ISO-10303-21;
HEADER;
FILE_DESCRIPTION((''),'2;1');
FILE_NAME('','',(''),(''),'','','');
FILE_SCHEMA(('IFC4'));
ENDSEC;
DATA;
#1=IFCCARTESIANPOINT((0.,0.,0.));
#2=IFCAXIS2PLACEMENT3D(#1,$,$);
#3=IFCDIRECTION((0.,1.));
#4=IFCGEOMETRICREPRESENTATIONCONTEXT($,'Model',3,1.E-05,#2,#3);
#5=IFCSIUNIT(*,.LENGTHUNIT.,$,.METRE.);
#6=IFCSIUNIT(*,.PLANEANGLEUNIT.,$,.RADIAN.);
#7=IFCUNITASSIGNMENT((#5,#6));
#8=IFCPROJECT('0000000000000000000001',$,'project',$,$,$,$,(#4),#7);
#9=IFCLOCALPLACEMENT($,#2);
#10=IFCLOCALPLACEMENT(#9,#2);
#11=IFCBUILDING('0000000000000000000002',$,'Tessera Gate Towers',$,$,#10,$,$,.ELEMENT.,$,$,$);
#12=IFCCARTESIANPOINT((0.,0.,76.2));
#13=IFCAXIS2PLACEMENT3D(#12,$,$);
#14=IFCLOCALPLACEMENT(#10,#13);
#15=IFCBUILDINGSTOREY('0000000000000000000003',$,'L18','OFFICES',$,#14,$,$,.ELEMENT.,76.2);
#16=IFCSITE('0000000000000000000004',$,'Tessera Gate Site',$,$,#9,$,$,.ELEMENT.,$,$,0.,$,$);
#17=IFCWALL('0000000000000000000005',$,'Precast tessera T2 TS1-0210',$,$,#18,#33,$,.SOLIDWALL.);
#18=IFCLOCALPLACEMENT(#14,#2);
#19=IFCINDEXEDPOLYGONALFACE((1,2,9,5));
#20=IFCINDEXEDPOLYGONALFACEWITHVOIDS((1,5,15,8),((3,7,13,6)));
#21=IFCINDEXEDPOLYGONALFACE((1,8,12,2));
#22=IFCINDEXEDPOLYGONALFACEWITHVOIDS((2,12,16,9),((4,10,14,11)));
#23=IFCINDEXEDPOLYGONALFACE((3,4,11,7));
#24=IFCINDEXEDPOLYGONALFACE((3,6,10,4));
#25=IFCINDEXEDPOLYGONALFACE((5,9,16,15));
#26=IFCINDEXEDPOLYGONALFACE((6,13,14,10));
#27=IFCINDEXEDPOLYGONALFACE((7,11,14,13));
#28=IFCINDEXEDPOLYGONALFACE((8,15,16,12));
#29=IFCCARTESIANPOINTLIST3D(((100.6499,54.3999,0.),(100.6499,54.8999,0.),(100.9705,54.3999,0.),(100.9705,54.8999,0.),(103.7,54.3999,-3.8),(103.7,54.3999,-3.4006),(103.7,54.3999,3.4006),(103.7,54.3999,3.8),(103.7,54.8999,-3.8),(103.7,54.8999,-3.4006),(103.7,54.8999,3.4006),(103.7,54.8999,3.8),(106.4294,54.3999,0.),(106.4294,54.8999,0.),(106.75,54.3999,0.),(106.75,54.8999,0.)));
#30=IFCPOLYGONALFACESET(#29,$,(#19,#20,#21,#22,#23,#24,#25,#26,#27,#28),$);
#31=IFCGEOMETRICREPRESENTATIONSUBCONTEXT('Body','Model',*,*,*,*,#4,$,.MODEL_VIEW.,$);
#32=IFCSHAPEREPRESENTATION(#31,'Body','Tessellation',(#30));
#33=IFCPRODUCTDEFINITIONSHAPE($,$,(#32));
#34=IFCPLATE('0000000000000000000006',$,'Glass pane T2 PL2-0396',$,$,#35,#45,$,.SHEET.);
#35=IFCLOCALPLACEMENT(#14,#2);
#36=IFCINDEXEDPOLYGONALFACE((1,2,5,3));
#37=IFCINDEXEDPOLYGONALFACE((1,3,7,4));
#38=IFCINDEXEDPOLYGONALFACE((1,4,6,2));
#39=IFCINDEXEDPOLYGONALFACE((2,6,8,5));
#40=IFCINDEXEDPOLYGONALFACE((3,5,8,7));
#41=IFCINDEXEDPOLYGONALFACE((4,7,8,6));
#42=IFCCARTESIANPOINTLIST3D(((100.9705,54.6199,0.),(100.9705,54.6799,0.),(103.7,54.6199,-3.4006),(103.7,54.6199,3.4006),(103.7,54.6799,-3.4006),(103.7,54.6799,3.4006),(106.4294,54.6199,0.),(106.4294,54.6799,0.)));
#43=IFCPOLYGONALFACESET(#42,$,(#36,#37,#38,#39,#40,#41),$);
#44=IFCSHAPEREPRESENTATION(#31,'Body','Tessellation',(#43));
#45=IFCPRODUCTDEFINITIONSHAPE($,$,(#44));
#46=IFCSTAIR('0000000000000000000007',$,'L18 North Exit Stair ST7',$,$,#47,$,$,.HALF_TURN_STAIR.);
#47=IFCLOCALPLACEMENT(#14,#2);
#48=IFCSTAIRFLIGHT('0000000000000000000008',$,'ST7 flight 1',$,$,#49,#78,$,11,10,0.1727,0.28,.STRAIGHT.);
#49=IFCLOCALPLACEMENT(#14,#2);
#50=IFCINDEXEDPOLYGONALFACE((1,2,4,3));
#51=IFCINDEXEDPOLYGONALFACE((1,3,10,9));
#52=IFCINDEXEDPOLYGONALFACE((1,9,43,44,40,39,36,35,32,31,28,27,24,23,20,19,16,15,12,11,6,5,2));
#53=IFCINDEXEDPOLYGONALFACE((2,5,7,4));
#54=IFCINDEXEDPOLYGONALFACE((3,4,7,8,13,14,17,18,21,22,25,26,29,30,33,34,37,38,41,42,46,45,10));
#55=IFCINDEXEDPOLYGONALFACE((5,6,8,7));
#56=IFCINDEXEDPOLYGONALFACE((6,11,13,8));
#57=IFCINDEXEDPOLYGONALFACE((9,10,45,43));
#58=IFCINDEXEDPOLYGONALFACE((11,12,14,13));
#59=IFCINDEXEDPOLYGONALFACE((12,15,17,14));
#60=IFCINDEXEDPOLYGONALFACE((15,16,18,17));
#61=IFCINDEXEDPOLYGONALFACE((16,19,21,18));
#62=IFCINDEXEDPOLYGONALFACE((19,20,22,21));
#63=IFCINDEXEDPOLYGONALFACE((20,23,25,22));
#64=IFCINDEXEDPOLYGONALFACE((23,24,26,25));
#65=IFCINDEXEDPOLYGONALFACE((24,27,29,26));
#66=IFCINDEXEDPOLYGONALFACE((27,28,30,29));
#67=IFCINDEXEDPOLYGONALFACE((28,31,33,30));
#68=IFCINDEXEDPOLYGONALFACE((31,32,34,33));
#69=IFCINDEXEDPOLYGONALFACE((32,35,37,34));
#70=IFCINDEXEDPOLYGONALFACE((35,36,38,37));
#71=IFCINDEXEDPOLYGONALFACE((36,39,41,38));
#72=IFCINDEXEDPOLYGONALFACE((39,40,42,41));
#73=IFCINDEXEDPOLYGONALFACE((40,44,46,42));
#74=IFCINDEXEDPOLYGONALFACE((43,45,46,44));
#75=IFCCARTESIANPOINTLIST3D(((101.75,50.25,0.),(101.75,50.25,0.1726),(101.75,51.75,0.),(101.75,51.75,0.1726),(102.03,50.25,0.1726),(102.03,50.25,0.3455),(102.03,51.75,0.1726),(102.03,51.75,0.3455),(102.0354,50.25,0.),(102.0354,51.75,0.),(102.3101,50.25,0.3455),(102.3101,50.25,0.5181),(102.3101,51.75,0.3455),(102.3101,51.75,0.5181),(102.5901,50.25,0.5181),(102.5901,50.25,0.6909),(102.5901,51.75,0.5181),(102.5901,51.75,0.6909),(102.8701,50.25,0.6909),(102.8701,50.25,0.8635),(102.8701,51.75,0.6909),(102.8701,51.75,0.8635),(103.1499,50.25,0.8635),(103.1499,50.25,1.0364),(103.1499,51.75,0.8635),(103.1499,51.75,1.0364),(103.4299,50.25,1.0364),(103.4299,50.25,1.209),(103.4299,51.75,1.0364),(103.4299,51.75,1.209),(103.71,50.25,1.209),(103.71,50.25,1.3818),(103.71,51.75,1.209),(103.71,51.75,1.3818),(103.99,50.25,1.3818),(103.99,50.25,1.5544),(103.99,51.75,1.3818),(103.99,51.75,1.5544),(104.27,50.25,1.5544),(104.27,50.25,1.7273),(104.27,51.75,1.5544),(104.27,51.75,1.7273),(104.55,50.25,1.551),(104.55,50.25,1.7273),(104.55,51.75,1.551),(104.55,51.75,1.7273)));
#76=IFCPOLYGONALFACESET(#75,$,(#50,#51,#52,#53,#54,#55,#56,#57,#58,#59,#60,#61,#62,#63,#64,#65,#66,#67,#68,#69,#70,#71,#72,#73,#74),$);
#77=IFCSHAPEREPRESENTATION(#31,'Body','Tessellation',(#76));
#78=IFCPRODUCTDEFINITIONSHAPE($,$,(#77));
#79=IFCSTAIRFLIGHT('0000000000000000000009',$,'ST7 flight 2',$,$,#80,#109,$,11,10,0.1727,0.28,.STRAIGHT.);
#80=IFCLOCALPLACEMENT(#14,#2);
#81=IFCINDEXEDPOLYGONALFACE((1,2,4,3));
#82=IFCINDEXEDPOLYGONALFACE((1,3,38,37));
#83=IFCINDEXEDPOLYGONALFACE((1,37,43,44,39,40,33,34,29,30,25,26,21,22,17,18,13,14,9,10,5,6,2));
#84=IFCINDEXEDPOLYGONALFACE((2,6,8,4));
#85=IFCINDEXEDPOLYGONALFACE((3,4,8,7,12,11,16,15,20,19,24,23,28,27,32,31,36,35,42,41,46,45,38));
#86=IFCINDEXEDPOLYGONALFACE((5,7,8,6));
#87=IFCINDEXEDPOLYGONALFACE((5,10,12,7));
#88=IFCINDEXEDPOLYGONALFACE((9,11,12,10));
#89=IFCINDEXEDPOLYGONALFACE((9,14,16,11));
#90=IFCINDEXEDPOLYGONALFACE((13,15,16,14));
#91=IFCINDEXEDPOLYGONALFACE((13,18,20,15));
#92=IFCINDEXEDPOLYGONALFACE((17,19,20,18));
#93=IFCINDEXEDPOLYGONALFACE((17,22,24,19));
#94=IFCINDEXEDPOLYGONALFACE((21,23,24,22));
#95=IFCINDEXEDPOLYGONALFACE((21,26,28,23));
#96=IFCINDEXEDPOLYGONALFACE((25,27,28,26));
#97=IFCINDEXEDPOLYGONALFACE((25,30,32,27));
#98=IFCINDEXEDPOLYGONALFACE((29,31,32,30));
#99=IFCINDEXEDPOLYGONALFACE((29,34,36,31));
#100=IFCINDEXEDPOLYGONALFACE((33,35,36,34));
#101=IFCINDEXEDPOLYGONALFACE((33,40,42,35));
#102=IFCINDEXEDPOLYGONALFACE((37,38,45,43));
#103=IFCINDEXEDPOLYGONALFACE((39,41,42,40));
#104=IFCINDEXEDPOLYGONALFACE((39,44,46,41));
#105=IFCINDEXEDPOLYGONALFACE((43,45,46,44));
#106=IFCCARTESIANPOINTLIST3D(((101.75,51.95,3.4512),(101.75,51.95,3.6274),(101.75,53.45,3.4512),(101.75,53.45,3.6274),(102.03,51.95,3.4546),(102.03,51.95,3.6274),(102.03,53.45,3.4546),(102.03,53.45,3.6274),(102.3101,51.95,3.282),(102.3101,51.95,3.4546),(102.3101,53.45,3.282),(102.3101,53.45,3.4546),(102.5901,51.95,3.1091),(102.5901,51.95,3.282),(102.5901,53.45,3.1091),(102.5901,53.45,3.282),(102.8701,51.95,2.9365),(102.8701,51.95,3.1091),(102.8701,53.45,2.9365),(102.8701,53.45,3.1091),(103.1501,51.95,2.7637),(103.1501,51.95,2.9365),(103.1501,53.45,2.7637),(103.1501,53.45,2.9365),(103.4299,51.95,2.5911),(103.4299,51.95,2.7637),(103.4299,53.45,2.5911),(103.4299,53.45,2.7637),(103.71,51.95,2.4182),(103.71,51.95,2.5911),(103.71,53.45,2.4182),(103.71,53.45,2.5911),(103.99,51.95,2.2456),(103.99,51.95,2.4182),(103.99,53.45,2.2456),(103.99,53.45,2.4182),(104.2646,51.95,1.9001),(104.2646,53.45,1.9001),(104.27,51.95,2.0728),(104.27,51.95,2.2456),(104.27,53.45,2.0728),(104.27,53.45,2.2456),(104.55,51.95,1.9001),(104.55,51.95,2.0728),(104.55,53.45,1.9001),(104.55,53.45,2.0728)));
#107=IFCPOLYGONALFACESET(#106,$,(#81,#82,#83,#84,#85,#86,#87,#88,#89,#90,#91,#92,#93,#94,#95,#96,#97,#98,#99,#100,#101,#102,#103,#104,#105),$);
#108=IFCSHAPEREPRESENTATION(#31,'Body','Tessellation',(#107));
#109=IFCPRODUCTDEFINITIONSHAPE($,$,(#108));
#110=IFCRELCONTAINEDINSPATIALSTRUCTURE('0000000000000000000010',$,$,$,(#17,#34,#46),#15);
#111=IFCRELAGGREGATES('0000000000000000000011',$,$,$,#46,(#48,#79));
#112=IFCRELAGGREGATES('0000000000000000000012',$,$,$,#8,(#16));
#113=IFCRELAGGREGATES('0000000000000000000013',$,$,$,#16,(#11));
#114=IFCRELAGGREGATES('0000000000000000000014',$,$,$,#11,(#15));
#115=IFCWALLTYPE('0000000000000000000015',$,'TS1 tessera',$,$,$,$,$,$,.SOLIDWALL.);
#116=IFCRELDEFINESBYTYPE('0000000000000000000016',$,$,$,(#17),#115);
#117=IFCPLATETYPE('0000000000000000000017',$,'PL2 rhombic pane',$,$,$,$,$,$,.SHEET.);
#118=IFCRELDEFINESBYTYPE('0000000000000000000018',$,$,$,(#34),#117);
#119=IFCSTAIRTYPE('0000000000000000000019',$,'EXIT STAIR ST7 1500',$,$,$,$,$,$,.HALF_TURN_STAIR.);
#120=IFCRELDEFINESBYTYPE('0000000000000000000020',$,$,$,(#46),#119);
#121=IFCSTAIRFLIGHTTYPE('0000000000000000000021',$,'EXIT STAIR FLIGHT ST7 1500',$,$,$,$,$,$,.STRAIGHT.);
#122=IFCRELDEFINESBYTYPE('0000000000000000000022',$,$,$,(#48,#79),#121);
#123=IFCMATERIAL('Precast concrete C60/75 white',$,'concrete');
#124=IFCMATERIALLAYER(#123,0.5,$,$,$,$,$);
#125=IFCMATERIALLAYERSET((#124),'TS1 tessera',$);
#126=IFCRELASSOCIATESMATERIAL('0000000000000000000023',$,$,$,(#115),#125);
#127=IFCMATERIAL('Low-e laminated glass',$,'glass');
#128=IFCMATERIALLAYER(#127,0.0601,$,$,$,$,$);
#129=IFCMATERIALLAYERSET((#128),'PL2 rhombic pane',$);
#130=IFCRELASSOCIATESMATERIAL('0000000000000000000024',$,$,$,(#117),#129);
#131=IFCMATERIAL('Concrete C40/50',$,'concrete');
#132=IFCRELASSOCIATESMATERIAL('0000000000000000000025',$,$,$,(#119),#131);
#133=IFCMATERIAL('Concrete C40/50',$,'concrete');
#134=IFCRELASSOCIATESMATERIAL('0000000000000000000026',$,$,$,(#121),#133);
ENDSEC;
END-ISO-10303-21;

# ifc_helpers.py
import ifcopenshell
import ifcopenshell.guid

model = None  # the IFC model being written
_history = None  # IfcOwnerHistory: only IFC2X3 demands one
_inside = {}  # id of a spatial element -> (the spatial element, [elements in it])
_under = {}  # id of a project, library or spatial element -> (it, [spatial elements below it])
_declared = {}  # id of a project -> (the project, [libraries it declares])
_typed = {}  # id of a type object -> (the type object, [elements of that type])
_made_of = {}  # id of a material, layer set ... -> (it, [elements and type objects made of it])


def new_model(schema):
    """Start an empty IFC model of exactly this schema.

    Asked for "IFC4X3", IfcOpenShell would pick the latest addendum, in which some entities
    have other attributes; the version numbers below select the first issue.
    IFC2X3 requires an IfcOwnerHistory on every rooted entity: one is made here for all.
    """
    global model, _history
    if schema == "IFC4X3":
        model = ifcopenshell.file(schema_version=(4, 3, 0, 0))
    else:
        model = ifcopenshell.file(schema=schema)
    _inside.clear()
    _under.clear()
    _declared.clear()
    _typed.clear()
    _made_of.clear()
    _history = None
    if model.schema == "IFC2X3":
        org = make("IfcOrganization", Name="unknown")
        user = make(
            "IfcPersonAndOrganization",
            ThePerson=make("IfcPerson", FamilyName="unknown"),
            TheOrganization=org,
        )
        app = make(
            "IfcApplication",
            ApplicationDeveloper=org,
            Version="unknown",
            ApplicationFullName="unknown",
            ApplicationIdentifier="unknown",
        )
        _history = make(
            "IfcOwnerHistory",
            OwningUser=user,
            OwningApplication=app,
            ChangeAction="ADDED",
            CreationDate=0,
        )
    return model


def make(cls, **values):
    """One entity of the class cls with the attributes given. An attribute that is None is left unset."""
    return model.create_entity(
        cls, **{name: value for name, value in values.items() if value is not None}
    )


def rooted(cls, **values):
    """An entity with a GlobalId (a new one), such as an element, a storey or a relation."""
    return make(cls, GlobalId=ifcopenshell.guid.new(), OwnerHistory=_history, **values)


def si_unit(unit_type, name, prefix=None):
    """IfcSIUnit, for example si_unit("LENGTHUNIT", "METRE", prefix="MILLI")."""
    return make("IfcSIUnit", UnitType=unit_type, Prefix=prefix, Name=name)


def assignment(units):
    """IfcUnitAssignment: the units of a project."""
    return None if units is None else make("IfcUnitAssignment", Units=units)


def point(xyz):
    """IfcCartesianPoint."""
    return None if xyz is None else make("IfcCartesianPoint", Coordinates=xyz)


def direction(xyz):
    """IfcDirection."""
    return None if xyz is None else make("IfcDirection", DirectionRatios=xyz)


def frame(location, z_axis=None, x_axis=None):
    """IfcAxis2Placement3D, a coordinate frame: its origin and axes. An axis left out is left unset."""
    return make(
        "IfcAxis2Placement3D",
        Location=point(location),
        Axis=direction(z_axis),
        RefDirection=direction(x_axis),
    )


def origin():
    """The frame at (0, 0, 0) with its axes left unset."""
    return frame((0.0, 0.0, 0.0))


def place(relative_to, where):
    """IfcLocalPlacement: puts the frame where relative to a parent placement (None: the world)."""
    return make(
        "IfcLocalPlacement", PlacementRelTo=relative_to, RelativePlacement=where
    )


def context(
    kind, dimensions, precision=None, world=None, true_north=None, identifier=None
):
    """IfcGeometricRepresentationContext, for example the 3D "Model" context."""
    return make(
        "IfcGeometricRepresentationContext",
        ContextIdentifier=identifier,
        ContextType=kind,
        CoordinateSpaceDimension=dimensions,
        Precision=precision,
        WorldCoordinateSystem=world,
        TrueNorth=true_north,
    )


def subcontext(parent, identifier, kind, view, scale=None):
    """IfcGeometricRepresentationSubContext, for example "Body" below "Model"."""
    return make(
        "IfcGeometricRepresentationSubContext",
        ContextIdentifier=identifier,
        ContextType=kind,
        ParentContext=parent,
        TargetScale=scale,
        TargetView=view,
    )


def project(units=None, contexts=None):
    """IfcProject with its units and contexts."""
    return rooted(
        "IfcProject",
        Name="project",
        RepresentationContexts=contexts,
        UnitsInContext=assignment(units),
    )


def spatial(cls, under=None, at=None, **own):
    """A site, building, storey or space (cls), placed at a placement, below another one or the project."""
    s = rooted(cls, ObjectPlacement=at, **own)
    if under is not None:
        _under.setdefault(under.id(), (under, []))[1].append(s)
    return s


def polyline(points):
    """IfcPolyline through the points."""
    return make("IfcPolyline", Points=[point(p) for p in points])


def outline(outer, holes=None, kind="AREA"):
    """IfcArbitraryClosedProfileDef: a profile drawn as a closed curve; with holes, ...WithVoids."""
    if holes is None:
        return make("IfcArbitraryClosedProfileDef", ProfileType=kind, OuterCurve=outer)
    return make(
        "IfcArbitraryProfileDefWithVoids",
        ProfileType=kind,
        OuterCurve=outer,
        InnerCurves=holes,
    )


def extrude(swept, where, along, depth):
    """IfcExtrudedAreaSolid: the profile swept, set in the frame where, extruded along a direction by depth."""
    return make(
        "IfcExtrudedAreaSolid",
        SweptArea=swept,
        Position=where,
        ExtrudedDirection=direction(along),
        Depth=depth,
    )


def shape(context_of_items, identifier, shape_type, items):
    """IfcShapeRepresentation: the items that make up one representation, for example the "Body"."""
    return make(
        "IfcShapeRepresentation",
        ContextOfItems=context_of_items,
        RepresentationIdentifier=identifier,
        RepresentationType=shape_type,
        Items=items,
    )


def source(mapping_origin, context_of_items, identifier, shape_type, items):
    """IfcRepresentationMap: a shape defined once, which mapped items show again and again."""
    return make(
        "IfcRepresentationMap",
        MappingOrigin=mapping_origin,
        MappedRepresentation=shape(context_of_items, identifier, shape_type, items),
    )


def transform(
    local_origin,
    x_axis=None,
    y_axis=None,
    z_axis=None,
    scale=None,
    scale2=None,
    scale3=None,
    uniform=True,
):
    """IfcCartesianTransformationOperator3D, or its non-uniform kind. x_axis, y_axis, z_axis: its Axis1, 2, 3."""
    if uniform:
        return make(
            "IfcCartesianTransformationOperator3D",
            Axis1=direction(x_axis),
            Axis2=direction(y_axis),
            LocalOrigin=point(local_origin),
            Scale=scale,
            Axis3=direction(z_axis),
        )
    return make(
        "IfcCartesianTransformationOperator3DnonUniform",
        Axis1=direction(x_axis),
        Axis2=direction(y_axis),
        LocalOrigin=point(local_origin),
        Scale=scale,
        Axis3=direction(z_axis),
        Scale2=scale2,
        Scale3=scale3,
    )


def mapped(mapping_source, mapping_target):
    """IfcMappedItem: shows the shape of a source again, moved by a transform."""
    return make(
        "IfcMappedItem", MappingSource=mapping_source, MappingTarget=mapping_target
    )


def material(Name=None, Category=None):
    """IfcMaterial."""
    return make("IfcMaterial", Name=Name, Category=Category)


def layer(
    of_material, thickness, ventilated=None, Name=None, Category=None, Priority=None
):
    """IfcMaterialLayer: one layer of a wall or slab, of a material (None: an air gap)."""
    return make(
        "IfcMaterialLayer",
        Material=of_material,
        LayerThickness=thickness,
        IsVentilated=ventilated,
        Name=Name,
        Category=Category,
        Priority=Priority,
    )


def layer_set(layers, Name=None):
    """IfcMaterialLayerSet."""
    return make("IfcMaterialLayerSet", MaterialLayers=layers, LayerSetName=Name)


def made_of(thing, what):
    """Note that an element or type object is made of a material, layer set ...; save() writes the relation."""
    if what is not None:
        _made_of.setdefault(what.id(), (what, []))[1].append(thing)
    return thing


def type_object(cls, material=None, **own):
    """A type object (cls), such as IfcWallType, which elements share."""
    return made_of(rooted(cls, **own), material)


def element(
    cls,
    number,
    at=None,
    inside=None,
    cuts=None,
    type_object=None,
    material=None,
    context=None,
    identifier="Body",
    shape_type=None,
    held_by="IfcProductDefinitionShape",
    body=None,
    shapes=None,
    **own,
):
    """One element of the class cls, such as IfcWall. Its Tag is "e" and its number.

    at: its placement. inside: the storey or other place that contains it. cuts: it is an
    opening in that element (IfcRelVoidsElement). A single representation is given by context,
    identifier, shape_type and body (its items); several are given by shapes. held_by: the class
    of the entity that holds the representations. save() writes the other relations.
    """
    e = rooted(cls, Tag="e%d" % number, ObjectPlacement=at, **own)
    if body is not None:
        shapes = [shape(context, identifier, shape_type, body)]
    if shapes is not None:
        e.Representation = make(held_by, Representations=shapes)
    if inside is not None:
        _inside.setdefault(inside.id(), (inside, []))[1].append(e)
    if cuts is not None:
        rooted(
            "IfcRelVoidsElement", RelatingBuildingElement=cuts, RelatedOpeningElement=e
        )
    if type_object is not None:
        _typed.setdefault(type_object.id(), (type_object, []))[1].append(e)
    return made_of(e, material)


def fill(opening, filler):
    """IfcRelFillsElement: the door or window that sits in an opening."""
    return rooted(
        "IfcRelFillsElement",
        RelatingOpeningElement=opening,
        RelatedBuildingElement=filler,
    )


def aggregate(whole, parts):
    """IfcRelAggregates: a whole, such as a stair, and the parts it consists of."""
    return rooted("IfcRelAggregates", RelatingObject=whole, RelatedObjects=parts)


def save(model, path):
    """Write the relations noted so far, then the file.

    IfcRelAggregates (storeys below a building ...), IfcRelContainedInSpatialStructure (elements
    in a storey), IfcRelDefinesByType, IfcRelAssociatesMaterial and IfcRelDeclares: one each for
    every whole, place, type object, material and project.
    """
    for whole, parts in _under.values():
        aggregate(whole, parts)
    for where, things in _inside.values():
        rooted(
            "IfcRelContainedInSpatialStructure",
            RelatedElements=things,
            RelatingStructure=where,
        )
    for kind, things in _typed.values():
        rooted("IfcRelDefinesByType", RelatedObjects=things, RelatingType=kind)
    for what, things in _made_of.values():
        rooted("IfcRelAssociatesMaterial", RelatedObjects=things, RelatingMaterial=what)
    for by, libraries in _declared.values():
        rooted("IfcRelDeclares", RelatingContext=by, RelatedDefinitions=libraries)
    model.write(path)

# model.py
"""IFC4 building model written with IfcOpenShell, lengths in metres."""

from ifc_helpers import new_model, si_unit, direction, frame, origin, place, context, subcontext, project, spatial, polyline, outline, extrude, source, transform, mapped, material, layer, layer_set, type_object, element, fill, aggregate, save


model = new_model("IFC4")

# Units and contexts
model_context = context("Model", 3, precision=1e-05, world=origin(), true_north=direction((0.0, 1.0)))
body_context = subcontext(model_context, "Body", "Model", "MODEL_VIEW")
ifc_project = project(units=[si_unit("LENGTHUNIT", "METRE"), si_unit("PLANEANGLEUNIT", "RADIAN")], contexts=[model_context])

# Site, building, storey
site_placement = place(None, origin())
site = spatial("IfcSite", under=ifc_project, at=site_placement, Name="Tessera Gate Site", CompositionType="ELEMENT", RefElevation=0.0)
building_placement = place(site_placement, origin())
building = spatial("IfcBuilding", under=site, at=building_placement, Name="Tessera Gate Towers", CompositionType="ELEMENT")
storey_placement = place(building_placement, frame((0.0, 0.0, 76.2)))
storey = spatial("IfcBuildingStorey", under=building, at=storey_placement, Name="L18", Description="OFFICES", CompositionType="ELEMENT", Elevation=76.2)

# Wall, opening, plate
ifc_material_1 = material(Name="Precast concrete C60/75 white", Category="concrete")
ifc_layer_1 = layer(ifc_material_1, 0.5)
ifc_layer_set_1 = layer_set([ifc_layer_1], Name="TS1 tessera")
wall_type_1 = type_object("IfcWallType", Name="TS1 tessera", PredefinedType="SOLIDWALL", material=ifc_layer_set_1)
shared_shape_1 = source(origin(), body_context, "Body", "SweptSolid", [
    extrude(outline(polyline([(3.05, 0.0), (6.1001, 3.8), (3.05, 7.6001), (0.0, 3.8), (3.05, 0.0)])), frame((0.0, 0.25, 0.0), z_axis=(0.0, -1.0, 0.0), x_axis=(1.0, 0.0, 0.0)), (0.0, 0.0, 1.0), 0.5),
])
wall_1_placement = place(storey_placement, frame((106.75, 54.6499, -3.8), z_axis=(0.0, 0.0, 1.0), x_axis=(-1.0, 0.0, 0.0)))
wall_1 = element("IfcWall", 1, at=wall_1_placement, inside=storey, type_object=wall_type_1, Name="Precast tessera T2 TS1-0210", PredefinedType="SOLIDWALL", context=body_context, shape_type="MappedRepresentation", body=[
    mapped(shared_shape_1, transform((0.0, 0.0, 0.0), scale=1.0)),
])
shared_shape_2 = source(origin(), body_context, "Body", "SweptSolid", [
    extrude(outline(polyline([(3.05, 0.3994), (5.7795, 3.8), (3.05, 7.2007), (0.3206, 3.8), (3.05, 0.3994)])), frame((0.0, 0.26, 0.0), z_axis=(0.0, -1.0, 0.0), x_axis=(1.0, 0.0, 0.0)), (0.0, 0.0, 1.0), 0.52),
])
opening_1_placement = place(wall_1_placement, origin())
opening_1 = element("IfcOpeningElement", 2, at=opening_1_placement, cuts=wall_1, PredefinedType="OPENING", context=body_context, shape_type="MappedRepresentation", body=[
    mapped(shared_shape_2, transform((0.0, 0.0, 0.0), scale=1.0)),
])
ifc_material_2 = material(Name="Low-e laminated glass", Category="glass")
ifc_layer_2 = layer(ifc_material_2, 0.0601)
ifc_layer_set_2 = layer_set([ifc_layer_2], Name="PL2 rhombic pane")
plate_type = type_object("IfcPlateType", Name="PL2 rhombic pane", PredefinedType="SHEET", material=ifc_layer_set_2)
shared_shape_3 = source(origin(), body_context, "Body", "SweptSolid", [
    extrude(outline(polyline([(3.05, 0.3994), (5.7795, 3.8), (3.05, 7.2007), (0.3206, 3.8), (3.05, 0.3994)])), frame((0.0, 0.03, 0.0), z_axis=(0.0, -1.0, 0.0), x_axis=(1.0, 0.0, 0.0)), (0.0, 0.0, 1.0), 0.0601),
])
plate_placement = place(opening_1_placement, origin())
plate = element("IfcPlate", 3, at=plate_placement, inside=storey, type_object=plate_type, Name="Glass pane T2 PL2-0396", PredefinedType="SHEET", context=body_context, shape_type="MappedRepresentation", body=[
    mapped(shared_shape_3, transform((0.0, 0.0, 0.0), scale=1.0)),
])
fill(opening_1, plate)

# Stair, stair flights
ifc_material_3 = material(Name="Concrete C40/50", Category="concrete")
stair_type = type_object("IfcStairType", Name="EXIT STAIR ST7 1500", PredefinedType="HALF_TURN_STAIR", material=ifc_material_3)
stair_placement = place(storey_placement, origin())
stair = element("IfcStair", 4, at=stair_placement, inside=storey, type_object=stair_type, Name="L18 North Exit Stair ST7", PredefinedType="HALF_TURN_STAIR")
ifc_material_4 = material(Name="Concrete C40/50", Category="concrete")
stair_flight_type = type_object("IfcStairFlightType", Name="EXIT STAIR FLIGHT ST7 1500", PredefinedType="STRAIGHT", material=ifc_material_4)
stair_flight_1_placement = place(storey_placement, frame((101.75, 51.0, 0.0), z_axis=(0.0, 0.0, 1.0), x_axis=(1.0, 0.0, 0.0)))
stair_flight_1 = element("IfcStairFlight", 5, at=stair_flight_1_placement, type_object=stair_flight_type, Name="ST7 flight 1", NumberOfRisers=11, NumberOfTreads=10, PredefinedType="STRAIGHT", RiserHeight=0.1727, TreadLength=0.28, context=body_context, shape_type="SweptSolid", body=[
    extrude(outline(polyline([(0.0, 0.0), (0.0, 0.1726), (0.28, 0.1726), (0.28, 0.3455), (0.5601, 0.3455), (0.5601, 0.5181), (0.8401, 0.5181), (0.8401, 0.6909), (1.1201, 0.6909), (1.1201, 0.8635), (1.3999, 0.8635), (1.3999, 1.0364), (1.6799, 1.0364), (1.6799, 1.209), (1.96, 1.209), (1.96, 1.3818), (2.24, 1.3818), (2.24, 1.5544), (2.52, 1.5544), (2.52, 1.7273), (2.8, 1.7273), (2.8, 1.8999), (2.8, 1.551), (0.2854, 0.0), (0.0, 0.0)])), frame((0.0, 0.75, 0.0), z_axis=(0.0, -1.0, 0.0), x_axis=(1.0, 0.0, 0.0)), (0.0, 0.0, 1.0), 1.5),
])
stair_flight_2_placement = place(storey_placement, frame((104.55, 52.7, 1.9001), z_axis=(0.0, 0.0, 1.0), x_axis=(-1.0, 0.0, 0.0)))
stair_flight_2 = element("IfcStairFlight", 6, at=stair_flight_2_placement, type_object=stair_flight_type, Name="ST7 flight 2", NumberOfRisers=11, NumberOfTreads=10, PredefinedType="STRAIGHT", RiserHeight=0.1727, TreadLength=0.28, context=body_context, shape_type="SweptSolid", body=[
    extrude(outline(polyline([(0.0, 0.0), (0.0, 0.1726), (0.28, 0.1726), (0.28, 0.3455), (0.5601, 0.3455), (0.5601, 0.5181), (0.8401, 0.5181), (0.8401, 0.6909), (1.1201, 0.6909), (1.1201, 0.8635), (1.3999, 0.8635), (1.3999, 1.0364), (1.6799, 1.0364), (1.6799, 1.209), (1.96, 1.209), (1.96, 1.3818), (2.24, 1.3818), (2.24, 1.5544), (2.52, 1.5544), (2.52, 1.7273), (2.8, 1.7273), (2.8, 1.8999), (2.8, 1.551), (0.2854, 0.0), (0.0, 0.0)])), frame((0.0, 0.75, 0.0), z_axis=(0.0, -1.0, 0.0), x_axis=(1.0, 0.0, 0.0)), (0.0, 0.0, 1.0), 1.5),
])
aggregate(stair, [stair_flight_1, stair_flight_2])

save(model, "model.ifc")
